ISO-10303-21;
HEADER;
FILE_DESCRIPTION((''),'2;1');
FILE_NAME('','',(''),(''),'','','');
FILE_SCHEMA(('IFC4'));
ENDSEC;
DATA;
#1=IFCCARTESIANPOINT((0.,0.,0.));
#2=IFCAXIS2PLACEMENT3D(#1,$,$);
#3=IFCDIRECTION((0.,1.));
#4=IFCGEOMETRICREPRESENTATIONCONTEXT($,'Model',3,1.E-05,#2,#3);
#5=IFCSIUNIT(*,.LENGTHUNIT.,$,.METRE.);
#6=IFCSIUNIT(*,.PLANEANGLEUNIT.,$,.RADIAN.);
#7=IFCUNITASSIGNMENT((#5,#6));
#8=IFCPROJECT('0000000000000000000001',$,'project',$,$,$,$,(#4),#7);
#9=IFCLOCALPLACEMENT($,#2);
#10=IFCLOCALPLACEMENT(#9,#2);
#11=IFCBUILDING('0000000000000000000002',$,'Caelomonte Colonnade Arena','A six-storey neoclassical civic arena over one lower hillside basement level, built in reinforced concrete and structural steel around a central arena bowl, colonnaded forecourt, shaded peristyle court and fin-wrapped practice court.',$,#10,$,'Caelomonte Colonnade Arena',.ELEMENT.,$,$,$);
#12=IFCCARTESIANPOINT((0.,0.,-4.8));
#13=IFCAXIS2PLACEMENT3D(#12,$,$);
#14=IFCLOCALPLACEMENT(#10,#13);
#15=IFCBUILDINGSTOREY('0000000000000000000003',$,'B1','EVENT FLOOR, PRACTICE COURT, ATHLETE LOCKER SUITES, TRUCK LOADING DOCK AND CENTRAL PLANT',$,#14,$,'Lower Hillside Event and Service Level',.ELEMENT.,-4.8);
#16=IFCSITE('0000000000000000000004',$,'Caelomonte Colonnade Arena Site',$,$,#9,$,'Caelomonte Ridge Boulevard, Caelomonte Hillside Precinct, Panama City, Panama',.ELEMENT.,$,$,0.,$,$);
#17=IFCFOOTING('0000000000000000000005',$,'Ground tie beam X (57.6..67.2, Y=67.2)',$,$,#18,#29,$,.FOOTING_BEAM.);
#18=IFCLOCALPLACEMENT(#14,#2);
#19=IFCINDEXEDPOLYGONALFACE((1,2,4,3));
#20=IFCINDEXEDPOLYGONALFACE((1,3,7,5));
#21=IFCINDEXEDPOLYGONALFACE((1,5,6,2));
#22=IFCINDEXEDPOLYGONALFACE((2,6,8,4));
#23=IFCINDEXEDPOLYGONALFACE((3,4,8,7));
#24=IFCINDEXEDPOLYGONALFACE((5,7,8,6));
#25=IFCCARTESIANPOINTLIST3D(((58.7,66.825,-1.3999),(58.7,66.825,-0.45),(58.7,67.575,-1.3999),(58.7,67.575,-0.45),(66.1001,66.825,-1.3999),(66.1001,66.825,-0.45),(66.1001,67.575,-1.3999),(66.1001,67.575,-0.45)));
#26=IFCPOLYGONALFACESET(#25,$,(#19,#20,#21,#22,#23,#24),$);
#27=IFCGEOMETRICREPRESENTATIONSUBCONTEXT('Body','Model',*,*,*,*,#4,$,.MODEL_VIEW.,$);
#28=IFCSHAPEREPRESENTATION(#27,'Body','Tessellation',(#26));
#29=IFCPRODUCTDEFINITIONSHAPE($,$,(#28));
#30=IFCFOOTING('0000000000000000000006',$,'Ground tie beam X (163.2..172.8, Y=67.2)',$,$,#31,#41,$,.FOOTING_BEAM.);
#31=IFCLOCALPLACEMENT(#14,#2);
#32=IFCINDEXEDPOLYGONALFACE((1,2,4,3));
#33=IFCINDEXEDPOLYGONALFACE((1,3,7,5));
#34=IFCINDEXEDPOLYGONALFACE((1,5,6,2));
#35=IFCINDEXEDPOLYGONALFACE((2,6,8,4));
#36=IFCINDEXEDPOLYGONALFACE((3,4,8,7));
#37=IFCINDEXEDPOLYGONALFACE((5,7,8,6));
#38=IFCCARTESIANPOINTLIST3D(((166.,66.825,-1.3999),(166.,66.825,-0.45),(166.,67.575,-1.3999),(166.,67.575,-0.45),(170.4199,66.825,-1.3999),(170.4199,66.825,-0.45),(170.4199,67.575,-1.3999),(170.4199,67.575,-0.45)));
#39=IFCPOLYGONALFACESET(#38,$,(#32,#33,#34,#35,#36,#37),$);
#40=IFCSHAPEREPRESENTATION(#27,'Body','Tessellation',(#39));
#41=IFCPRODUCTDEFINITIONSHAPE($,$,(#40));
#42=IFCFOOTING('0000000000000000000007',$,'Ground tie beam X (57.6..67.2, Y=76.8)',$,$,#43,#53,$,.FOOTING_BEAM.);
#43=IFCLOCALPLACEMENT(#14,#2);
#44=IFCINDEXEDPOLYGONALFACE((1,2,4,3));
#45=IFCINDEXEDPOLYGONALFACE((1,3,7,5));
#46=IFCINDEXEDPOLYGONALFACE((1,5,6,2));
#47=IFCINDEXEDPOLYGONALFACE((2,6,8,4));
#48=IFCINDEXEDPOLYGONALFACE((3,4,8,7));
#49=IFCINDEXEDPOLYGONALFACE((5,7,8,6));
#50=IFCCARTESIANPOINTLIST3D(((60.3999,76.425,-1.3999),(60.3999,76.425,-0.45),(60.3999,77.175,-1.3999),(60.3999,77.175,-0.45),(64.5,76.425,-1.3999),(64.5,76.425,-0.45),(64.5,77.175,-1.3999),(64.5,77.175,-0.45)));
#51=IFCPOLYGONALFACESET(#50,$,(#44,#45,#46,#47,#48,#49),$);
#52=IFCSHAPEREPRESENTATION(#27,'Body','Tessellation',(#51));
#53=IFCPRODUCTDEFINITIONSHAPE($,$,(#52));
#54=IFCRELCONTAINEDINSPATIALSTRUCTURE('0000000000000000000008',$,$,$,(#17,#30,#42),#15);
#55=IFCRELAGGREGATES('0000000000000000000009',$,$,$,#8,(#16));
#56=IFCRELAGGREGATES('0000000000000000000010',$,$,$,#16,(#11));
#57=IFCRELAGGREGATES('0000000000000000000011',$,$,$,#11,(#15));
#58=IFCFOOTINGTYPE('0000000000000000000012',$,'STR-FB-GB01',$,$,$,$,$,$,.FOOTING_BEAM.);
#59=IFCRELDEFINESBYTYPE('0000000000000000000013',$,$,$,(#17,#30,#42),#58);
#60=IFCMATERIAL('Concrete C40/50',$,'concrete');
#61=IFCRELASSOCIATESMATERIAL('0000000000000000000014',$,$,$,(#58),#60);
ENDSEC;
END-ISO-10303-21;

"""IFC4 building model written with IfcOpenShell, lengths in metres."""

from ifc_helpers import new_model, si_unit, direction, frame, origin, place, context, subcontext, project, spatial, polyline, outline, extrude, material, type_object, element, save


model = new_model("IFC4")

# Units and contexts
model_context = context("Model", 3, precision=1e-05, world=origin(), true_north=direction((0.0, 1.0)))
body_context = subcontext(model_context, "Body", "Model", "MODEL_VIEW")
ifc_project = project(units=[si_unit("LENGTHUNIT", "METRE"), si_unit("PLANEANGLEUNIT", "RADIAN")], contexts=[model_context])

# Site, building, storey
site_placement = place(None, origin())
site = spatial("IfcSite", under=ifc_project, at=site_placement, Name="Caelomonte Colonnade Arena Site", LongName="Caelomonte Ridge Boulevard, Caelomonte Hillside Precinct, Panama City, Panama", CompositionType="ELEMENT", RefElevation=0.0)
building_placement = place(site_placement, origin())
building = spatial("IfcBuilding", under=site, at=building_placement, Name="Caelomonte Colonnade Arena", Description="A six-storey neoclassical civic arena over one lower hillside basement level, built in reinforced concrete and structural steel around a central arena bowl, colonnaded forecourt, shaded peristyle court and fin-wrapped practice court.", LongName="Caelomonte Colonnade Arena", CompositionType="ELEMENT")
storey_placement = place(building_placement, frame((0.0, 0.0, -4.8)))
storey = spatial("IfcBuildingStorey", under=building, at=storey_placement, Name="B1", Description="EVENT FLOOR, PRACTICE COURT, ATHLETE LOCKER SUITES, TRUCK LOADING DOCK AND CENTRAL PLANT", LongName="Lower Hillside Event and Service Level", CompositionType="ELEMENT", Elevation=-4.8)

# Footings
ifc_material = material(Name="Concrete C40/50", Category="concrete")
footing_type = type_object("IfcFootingType", Name="STR-FB-GB01", PredefinedType="FOOTING_BEAM", material=ifc_material)
footing_1_placement = place(storey_placement, frame((0.0, 0.0, -1.3999)))
element("IfcFooting", 1, at=footing_1_placement, inside=storey, type_object=footing_type, Name="Ground tie beam X (57.6..67.2, Y=67.2)", PredefinedType="FOOTING_BEAM", context=body_context, shape_type="SweptSolid", body=[
    extrude(outline(polyline([(58.7, 66.825), (66.1001, 66.825), (66.1001, 67.575), (58.7, 67.575), (58.7, 66.825)])), origin(), (0.0, 0.0, 1.0), 0.95),
])
footing_2_placement = place(storey_placement, frame((0.0, 0.0, -1.3999)))
element("IfcFooting", 2, at=footing_2_placement, inside=storey, type_object=footing_type, Name="Ground tie beam X (163.2..172.8, Y=67.2)", PredefinedType="FOOTING_BEAM", context=body_context, shape_type="SweptSolid", body=[
    extrude(outline(polyline([(166.0, 66.825), (170.4199, 66.825), (170.4199, 67.575), (166.0, 67.575), (166.0, 66.825)])), origin(), (0.0, 0.0, 1.0), 0.95),
])
footing_3_placement = place(storey_placement, frame((0.0, 0.0, -1.3999)))
element("IfcFooting", 3, at=footing_3_placement, inside=storey, type_object=footing_type, Name="Ground tie beam X (57.6..67.2, Y=76.8)", PredefinedType="FOOTING_BEAM", context=body_context, shape_type="SweptSolid", body=[
    extrude(outline(polyline([(60.3999, 76.425), (64.5, 76.425), (64.5, 77.175), (60.3999, 77.175), (60.3999, 76.425)])), origin(), (0.0, 0.0, 1.0), 0.95),
])

save(model, "model.ifc")
